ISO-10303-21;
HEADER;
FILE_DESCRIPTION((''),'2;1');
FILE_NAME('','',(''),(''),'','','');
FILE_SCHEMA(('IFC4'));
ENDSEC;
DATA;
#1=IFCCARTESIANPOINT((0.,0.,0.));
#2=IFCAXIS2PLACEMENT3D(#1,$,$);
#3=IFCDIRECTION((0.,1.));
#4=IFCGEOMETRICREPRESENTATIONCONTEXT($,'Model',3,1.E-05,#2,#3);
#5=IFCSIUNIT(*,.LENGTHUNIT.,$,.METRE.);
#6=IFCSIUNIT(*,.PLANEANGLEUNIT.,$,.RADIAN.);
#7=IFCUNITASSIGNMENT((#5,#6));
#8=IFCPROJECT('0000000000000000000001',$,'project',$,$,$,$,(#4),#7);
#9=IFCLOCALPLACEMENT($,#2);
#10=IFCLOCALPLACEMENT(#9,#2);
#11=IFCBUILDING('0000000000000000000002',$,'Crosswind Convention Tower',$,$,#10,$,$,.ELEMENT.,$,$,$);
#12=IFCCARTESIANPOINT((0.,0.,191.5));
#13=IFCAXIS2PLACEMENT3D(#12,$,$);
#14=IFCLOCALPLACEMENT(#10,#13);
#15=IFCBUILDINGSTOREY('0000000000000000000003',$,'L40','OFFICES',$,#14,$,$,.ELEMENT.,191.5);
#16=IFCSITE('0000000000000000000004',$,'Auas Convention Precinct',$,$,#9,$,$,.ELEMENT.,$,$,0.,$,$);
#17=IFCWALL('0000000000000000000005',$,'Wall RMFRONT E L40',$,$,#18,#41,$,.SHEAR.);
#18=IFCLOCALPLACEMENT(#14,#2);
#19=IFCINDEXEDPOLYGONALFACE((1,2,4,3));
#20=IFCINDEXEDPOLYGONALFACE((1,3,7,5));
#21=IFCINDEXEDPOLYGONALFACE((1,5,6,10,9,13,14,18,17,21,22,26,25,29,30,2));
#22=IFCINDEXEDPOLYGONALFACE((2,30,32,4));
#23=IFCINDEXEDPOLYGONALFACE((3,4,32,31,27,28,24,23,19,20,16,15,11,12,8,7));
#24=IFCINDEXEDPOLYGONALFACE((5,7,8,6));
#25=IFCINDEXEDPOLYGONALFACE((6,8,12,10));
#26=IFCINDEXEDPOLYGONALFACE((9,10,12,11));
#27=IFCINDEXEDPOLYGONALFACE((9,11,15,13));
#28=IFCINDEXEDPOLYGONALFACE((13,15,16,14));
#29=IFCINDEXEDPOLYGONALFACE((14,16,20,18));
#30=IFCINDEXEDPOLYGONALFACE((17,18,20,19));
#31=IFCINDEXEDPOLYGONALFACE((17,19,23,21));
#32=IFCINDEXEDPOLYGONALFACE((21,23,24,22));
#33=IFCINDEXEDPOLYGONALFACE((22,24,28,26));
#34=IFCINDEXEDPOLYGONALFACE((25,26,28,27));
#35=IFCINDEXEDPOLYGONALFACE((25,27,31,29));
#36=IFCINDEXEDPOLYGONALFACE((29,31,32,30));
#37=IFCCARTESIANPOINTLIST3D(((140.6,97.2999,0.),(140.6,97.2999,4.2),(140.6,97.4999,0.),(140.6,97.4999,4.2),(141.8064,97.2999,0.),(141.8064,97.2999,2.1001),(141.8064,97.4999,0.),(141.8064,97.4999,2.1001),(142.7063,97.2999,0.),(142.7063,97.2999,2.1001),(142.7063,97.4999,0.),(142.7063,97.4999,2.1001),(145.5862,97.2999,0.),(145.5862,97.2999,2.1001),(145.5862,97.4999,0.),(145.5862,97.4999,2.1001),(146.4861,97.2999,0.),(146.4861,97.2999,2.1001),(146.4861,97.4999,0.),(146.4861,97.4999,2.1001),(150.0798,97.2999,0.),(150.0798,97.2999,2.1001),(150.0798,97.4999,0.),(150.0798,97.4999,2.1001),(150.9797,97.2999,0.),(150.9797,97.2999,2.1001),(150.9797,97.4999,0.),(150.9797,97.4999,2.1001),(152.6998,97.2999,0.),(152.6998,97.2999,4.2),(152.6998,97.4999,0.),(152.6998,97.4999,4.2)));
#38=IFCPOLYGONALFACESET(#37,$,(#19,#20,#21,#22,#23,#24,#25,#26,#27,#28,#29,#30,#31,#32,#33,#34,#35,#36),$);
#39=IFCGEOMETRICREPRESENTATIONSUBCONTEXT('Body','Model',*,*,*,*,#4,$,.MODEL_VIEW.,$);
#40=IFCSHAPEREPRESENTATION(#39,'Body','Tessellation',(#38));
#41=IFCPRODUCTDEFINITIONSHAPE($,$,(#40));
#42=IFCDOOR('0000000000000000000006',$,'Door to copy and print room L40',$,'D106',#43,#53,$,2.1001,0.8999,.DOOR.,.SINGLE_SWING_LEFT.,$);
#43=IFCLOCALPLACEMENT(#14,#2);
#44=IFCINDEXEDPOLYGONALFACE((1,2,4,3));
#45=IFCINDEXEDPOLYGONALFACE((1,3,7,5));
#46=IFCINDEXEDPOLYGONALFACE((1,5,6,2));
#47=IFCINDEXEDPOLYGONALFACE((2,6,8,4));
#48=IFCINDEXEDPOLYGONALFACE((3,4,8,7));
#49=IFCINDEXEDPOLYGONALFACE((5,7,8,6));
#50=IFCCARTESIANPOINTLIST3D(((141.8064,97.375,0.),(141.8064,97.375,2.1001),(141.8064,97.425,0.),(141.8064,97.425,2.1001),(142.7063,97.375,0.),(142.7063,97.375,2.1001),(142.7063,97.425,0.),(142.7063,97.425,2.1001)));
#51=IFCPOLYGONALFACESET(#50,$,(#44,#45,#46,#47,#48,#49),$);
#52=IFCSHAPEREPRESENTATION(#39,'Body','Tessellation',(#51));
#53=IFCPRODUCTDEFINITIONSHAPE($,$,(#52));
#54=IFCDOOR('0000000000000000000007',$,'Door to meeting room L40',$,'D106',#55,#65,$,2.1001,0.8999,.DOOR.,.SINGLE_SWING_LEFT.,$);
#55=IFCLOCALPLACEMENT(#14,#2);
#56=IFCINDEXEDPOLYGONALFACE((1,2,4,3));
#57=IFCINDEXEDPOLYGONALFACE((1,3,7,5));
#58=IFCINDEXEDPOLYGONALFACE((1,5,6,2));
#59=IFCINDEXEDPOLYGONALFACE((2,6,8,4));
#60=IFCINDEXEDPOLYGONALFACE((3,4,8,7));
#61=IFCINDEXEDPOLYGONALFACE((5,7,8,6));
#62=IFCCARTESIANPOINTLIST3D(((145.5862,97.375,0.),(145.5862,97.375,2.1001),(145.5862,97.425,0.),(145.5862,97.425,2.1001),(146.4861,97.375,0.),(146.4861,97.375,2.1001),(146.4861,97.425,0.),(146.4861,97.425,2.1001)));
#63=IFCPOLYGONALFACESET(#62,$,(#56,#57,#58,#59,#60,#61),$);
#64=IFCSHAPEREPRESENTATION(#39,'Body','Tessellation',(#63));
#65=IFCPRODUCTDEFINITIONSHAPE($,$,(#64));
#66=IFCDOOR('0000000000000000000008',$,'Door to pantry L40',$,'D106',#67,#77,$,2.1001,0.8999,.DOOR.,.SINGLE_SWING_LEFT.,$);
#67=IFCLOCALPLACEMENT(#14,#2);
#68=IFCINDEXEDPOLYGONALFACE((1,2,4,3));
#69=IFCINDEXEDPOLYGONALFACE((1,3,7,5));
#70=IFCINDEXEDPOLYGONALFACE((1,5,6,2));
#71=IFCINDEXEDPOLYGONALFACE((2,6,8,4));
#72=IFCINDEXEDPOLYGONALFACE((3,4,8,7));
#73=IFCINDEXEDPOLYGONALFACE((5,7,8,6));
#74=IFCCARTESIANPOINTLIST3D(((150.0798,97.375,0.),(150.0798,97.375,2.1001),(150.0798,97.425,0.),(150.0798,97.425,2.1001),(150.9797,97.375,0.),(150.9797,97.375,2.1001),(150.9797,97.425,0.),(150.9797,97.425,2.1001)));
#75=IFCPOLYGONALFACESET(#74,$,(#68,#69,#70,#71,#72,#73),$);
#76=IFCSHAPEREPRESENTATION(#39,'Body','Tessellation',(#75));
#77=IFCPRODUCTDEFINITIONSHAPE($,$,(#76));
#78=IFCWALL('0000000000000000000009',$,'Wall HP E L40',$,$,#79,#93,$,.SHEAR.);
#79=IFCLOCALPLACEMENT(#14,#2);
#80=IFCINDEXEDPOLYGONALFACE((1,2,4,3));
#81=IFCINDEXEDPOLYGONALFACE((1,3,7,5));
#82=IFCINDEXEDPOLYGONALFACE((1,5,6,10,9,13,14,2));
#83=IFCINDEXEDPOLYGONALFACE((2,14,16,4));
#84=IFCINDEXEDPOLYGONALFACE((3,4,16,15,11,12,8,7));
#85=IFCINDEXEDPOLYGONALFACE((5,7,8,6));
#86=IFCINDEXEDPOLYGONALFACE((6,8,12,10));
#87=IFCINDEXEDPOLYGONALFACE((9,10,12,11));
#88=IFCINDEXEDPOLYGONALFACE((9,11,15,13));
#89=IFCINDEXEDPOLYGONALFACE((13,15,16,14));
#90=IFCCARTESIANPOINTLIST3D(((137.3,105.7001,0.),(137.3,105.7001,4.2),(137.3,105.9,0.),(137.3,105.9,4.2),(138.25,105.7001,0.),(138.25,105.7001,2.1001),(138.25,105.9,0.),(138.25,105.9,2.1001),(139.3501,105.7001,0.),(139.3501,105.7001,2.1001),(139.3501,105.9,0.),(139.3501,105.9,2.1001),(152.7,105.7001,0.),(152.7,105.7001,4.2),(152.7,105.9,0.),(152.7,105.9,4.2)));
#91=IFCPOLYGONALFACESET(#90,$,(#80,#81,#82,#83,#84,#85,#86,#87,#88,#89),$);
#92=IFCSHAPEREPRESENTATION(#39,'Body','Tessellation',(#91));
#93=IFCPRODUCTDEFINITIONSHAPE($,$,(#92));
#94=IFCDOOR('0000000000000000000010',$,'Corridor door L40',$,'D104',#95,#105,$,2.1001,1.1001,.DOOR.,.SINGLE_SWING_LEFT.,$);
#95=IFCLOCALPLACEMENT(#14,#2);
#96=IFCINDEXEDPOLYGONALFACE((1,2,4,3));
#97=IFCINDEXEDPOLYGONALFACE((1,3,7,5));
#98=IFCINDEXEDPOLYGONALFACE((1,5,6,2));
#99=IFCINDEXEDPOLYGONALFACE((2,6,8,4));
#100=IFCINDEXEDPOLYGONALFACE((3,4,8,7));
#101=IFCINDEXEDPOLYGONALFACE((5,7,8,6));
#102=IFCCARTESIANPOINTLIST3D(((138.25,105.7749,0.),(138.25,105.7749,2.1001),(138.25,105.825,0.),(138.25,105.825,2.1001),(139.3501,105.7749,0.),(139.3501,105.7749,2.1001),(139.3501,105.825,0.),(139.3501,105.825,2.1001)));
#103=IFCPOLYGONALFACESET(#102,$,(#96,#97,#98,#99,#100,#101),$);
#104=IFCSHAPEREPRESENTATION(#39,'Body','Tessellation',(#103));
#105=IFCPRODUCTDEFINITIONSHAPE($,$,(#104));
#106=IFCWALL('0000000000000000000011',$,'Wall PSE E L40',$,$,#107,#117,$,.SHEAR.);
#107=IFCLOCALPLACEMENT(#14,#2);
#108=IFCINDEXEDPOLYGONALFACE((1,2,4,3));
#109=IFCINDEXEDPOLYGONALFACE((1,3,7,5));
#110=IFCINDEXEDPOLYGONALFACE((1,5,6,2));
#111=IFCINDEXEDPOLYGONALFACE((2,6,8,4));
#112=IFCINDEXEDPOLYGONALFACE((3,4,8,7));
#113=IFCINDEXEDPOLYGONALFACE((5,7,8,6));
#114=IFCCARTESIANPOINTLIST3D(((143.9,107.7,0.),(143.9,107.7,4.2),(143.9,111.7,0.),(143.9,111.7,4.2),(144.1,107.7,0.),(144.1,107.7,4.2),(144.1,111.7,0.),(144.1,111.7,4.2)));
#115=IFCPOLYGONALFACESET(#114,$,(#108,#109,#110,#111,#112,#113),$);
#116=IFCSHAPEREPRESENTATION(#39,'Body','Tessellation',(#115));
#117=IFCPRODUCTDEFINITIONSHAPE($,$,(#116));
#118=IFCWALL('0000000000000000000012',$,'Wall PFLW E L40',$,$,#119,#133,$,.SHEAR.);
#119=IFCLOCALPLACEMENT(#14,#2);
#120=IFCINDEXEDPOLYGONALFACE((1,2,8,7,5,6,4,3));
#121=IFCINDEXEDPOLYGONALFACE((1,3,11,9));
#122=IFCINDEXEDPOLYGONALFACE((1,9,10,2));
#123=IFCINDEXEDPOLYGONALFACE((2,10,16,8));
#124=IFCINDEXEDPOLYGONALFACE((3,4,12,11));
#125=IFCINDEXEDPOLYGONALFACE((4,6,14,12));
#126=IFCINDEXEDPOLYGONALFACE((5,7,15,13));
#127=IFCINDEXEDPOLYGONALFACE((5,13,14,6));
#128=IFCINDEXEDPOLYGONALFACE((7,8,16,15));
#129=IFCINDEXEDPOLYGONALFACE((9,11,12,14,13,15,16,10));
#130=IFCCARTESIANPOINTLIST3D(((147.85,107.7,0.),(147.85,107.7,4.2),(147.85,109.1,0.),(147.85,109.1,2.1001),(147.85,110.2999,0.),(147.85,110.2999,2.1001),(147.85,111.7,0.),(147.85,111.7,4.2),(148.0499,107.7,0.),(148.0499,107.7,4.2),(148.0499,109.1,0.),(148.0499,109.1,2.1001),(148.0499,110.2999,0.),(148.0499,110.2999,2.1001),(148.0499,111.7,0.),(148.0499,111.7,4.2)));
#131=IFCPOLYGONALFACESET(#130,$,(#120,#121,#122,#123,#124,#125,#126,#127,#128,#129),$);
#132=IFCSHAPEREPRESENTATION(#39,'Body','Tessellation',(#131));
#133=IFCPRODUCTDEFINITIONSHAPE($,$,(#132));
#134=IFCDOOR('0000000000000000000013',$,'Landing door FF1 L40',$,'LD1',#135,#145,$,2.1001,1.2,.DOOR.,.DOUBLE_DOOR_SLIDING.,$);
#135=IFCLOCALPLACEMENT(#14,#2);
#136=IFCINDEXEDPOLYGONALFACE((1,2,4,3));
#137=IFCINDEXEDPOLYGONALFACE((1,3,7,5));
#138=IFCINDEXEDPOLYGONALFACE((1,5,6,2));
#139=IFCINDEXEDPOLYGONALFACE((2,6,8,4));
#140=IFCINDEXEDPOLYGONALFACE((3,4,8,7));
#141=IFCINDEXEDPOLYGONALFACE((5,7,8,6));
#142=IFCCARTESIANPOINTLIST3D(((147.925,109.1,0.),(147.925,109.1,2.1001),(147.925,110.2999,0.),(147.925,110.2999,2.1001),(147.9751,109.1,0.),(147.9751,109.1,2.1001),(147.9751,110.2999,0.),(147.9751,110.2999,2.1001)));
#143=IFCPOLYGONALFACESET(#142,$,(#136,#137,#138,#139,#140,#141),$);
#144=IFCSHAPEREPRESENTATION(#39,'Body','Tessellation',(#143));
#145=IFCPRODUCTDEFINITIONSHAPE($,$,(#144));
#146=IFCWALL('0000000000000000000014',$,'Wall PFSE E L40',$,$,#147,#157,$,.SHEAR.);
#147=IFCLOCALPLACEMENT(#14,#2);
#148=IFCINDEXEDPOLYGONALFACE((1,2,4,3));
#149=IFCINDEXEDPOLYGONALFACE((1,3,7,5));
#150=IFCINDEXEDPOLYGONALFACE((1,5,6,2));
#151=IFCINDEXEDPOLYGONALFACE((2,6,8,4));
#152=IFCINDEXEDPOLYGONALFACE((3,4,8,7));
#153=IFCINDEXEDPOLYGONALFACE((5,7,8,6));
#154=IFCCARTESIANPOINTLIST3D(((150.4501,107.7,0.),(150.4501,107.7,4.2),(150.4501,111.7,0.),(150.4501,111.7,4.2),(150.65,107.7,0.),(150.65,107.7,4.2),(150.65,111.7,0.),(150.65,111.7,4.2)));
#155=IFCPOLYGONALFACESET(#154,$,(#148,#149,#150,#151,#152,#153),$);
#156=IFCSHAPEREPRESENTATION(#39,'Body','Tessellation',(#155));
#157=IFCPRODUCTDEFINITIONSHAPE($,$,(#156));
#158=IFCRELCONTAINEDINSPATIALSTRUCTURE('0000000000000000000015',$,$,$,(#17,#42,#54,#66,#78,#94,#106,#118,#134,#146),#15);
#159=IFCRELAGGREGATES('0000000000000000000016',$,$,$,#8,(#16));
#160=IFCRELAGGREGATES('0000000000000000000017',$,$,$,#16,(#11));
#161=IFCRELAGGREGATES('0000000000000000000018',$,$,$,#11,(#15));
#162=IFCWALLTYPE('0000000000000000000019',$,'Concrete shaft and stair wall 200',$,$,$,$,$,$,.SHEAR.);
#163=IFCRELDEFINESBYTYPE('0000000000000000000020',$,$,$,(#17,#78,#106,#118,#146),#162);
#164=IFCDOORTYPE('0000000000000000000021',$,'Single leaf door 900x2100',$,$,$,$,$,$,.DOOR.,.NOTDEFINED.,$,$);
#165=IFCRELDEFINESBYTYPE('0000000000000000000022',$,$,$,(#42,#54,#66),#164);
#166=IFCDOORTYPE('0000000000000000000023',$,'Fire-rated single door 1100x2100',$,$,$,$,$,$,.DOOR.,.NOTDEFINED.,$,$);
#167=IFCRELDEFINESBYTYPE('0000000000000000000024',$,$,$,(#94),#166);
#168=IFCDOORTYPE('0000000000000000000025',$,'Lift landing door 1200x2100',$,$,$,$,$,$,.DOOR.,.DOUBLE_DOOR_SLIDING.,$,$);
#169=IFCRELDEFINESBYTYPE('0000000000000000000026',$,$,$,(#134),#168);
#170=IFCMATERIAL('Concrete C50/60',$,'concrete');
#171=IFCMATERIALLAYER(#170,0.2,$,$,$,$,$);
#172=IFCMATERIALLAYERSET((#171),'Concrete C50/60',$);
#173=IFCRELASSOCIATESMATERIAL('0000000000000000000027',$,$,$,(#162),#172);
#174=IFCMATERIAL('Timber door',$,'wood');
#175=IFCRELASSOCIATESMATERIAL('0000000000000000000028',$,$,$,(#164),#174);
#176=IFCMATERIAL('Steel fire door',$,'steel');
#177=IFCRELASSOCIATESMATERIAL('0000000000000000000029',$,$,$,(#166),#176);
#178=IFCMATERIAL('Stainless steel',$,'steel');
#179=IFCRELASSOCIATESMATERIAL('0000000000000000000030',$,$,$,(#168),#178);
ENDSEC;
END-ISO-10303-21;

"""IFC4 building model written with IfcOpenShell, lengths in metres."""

from ifc_helpers import new_model, si_unit, direction, frame, frame_2d, origin, place, context, subcontext, project, spatial, rectangle, extrude, material, layer, layer_set, type_object, element, fill, save


model = new_model("IFC4")

# Units and contexts
model_context = context("Model", 3, precision=1e-05, world=origin(), true_north=direction((0.0, 1.0)))
body_context = subcontext(model_context, "Body", "Model", "MODEL_VIEW")
ifc_project = project(units=[si_unit("LENGTHUNIT", "METRE"), si_unit("PLANEANGLEUNIT", "RADIAN")], contexts=[model_context])

# Site, building, storey
site_placement = place(None, origin())
site = spatial("IfcSite", under=ifc_project, at=site_placement, Name="Auas Convention Precinct", CompositionType="ELEMENT", RefElevation=0.0)
building_placement = place(site_placement, origin())
building = spatial("IfcBuilding", under=site, at=building_placement, Name="Crosswind Convention Tower", CompositionType="ELEMENT")
storey_placement = place(building_placement, frame((0.0, 0.0, 191.5)))
storey = spatial("IfcBuildingStorey", under=building, at=storey_placement, Name="L40", Description="OFFICES", CompositionType="ELEMENT", Elevation=191.5)

# Shared definitions
ifc_material_1 = material(Name="Concrete C50/60", Category="concrete")
ifc_layer_1 = layer(ifc_material_1, 0.2)
ifc_layer_set_1 = layer_set([ifc_layer_1], Name="Concrete C50/60")
wall_type_1 = type_object("IfcWallType", Name="Concrete shaft and stair wall 200", PredefinedType="SHEAR", material=ifc_layer_set_1)

# Wall, openings, doors
ifc_material_2 = material(Name="Timber door", Category="wood")
door_type_1 = type_object("IfcDoorType", Name="Single leaf door 900x2100", OperationType="NOTDEFINED", PredefinedType="DOOR", material=ifc_material_2)
wall_1_placement = place(storey_placement, frame((140.6001, 97.3999, 0.0), z_axis=(0.0, 0.0, 1.0), x_axis=(1.0, 0.0, 0.0)))
wall_1 = element("IfcWall", 1, at=wall_1_placement, inside=storey, type_object=wall_type_1, Name="Wall RMFRONT E L40", PredefinedType="SHEAR", context=body_context, shape_type="SweptSolid", body=[
    extrude(rectangle(XDim=12.0999, YDim=0.2, at=frame_2d((6.0498, 0.0))), origin(), (0.0, 0.0, 1.0), 4.2),
])
opening_1_placement = place(wall_1_placement, frame((1.2063, 0.0, 0.0)))
opening_1 = element("IfcOpeningElement", 2, at=opening_1_placement, cuts=wall_1, PredefinedType="OPENING", context=body_context, shape_type="SweptSolid", body=[
    extrude(rectangle(XDim=0.8999, YDim=2.1001, at=frame_2d((0.45, 1.05))), frame((0.0, 0.1099, 0.0), z_axis=(0.0, -1.0, 0.0), x_axis=(1.0, 0.0, 0.0)), (0.0, 0.0, 1.0), 0.22),
])
opening_2_placement = place(wall_1_placement, frame((4.9861, 0.0, 0.0)))
opening_2 = element("IfcOpeningElement", 3, at=opening_2_placement, cuts=wall_1, PredefinedType="OPENING", context=body_context, shape_type="SweptSolid", body=[
    extrude(rectangle(XDim=0.8999, YDim=2.1001, at=frame_2d((0.45, 1.05))), frame((0.0, 0.1099, 0.0), z_axis=(0.0, -1.0, 0.0), x_axis=(1.0, 0.0, 0.0)), (0.0, 0.0, 1.0), 0.22),
])
opening_3_placement = place(wall_1_placement, frame((9.4797, 0.0, 0.0)))
opening_3 = element("IfcOpeningElement", 4, at=opening_3_placement, cuts=wall_1, PredefinedType="OPENING", context=body_context, shape_type="SweptSolid", body=[
    extrude(rectangle(XDim=0.8999, YDim=2.1001, at=frame_2d((0.45, 1.05))), frame((0.0, 0.1099, 0.0), z_axis=(0.0, -1.0, 0.0), x_axis=(1.0, 0.0, 0.0)), (0.0, 0.0, 1.0), 0.22),
])
door_1_placement = place(opening_1_placement, frame((0.8999, 0.0, 0.0), z_axis=(0.0, 0.0, 1.0), x_axis=(-1.0, 0.0, 0.0)))
door_1 = element("IfcDoor", 5, at=door_1_placement, inside=storey, type_object=door_type_1, Name="Door to copy and print room L40", ObjectType="D106", OperationType="SINGLE_SWING_LEFT", OverallHeight=2.1001, OverallWidth=0.8999, PredefinedType="DOOR", context=body_context, shape_type="SweptSolid", body=[
    extrude(rectangle(XDim=0.8999, YDim=2.1001, at=frame_2d((0.45, 1.05))), frame((0.0, 0.0249, 0.0), z_axis=(0.0, -1.0, 0.0), x_axis=(1.0, 0.0, 0.0)), (0.0, 0.0, 1.0), 0.05),
])
fill(opening_1, door_1)
door_2_placement = place(opening_2_placement, frame((0.8999, 0.0, 0.0), z_axis=(0.0, 0.0, 1.0), x_axis=(-1.0, 0.0, 0.0)))
door_2 = element("IfcDoor", 6, at=door_2_placement, inside=storey, type_object=door_type_1, Name="Door to meeting room L40", ObjectType="D106", OperationType="SINGLE_SWING_LEFT", OverallHeight=2.1001, OverallWidth=0.8999, PredefinedType="DOOR", context=body_context, shape_type="SweptSolid", body=[
    extrude(rectangle(XDim=0.8999, YDim=2.1001, at=frame_2d((0.45, 1.05))), frame((0.0, 0.0249, 0.0), z_axis=(0.0, -1.0, 0.0), x_axis=(1.0, 0.0, 0.0)), (0.0, 0.0, 1.0), 0.05),
])
fill(opening_2, door_2)
door_3_placement = place(opening_3_placement, frame((0.8999, 0.0, 0.0), z_axis=(0.0, 0.0, 1.0), x_axis=(-1.0, 0.0, 0.0)))
door_3 = element("IfcDoor", 7, at=door_3_placement, inside=storey, type_object=door_type_1, Name="Door to pantry L40", ObjectType="D106", OperationType="SINGLE_SWING_LEFT", OverallHeight=2.1001, OverallWidth=0.8999, PredefinedType="DOOR", context=body_context, shape_type="SweptSolid", body=[
    extrude(rectangle(XDim=0.8999, YDim=2.1001, at=frame_2d((0.45, 1.05))), frame((0.0, 0.0249, 0.0), z_axis=(0.0, -1.0, 0.0), x_axis=(1.0, 0.0, 0.0)), (0.0, 0.0, 1.0), 0.05),
])
fill(opening_3, door_3)

# Wall, opening, door
wall_2_placement = place(storey_placement, frame((137.3, 105.8, 0.0), z_axis=(0.0, 0.0, 1.0), x_axis=(1.0, 0.0, 0.0)))
wall_2 = element("IfcWall", 8, at=wall_2_placement, inside=storey, type_object=wall_type_1, Name="Wall HP E L40", PredefinedType="SHEAR", context=body_context, shape_type="SweptSolid", body=[
    extrude(rectangle(XDim=15.3999, YDim=0.2, at=frame_2d((7.7, 0.0))), origin(), (0.0, 0.0, 1.0), 4.2),
])
opening_4_placement = place(wall_2_placement, frame((0.95, 0.0, 0.0)))
opening_4 = element("IfcOpeningElement", 9, at=opening_4_placement, cuts=wall_2, PredefinedType="OPENING", context=body_context, shape_type="SweptSolid", body=[
    extrude(rectangle(XDim=1.1001, YDim=2.1001, at=frame_2d((0.55, 1.05))), frame((0.0, 0.1099, 0.0), z_axis=(0.0, -1.0, 0.0), x_axis=(1.0, 0.0, 0.0)), (0.0, 0.0, 1.0), 0.22),
])
ifc_material_3 = material(Name="Steel fire door", Category="steel")
door_type_2 = type_object("IfcDoorType", Name="Fire-rated single door 1100x2100", OperationType="NOTDEFINED", PredefinedType="DOOR", material=ifc_material_3)
door_4_placement = place(opening_4_placement, origin())
door_4 = element("IfcDoor", 10, at=door_4_placement, inside=storey, type_object=door_type_2, Name="Corridor door L40", ObjectType="D104", OperationType="SINGLE_SWING_LEFT", OverallHeight=2.1001, OverallWidth=1.1001, PredefinedType="DOOR", context=body_context, shape_type="SweptSolid", body=[
    extrude(rectangle(XDim=1.1001, YDim=2.1001, at=frame_2d((0.55, 1.05))), frame((0.0, 0.0249, 0.0), z_axis=(0.0, -1.0, 0.0), x_axis=(1.0, 0.0, 0.0)), (0.0, 0.0, 1.0), 0.05),
])
fill(opening_4, door_4)

# Wall
wall_3_placement = place(storey_placement, frame((144.0, 107.7, 0.0), z_axis=(0.0, 0.0, 1.0), x_axis=(0.0, 1.0, 0.0)))
element("IfcWall", 11, at=wall_3_placement, inside=storey, type_object=wall_type_1, Name="Wall PSE E L40", PredefinedType="SHEAR", context=body_context, shape_type="SweptSolid", body=[
    extrude(rectangle(XDim=4.0, YDim=0.2, at=frame_2d((2.0, 0.0))), origin(), (0.0, 0.0, 1.0), 4.2),
])

# Wall, opening, door
wall_4_placement = place(storey_placement, frame((147.95, 107.7, 0.0), z_axis=(0.0, 0.0, 1.0), x_axis=(0.0, 1.0, 0.0)))
wall_4 = element("IfcWall", 12, at=wall_4_placement, inside=storey, type_object=wall_type_1, Name="Wall PFLW E L40", PredefinedType="SHEAR", context=body_context, shape_type="SweptSolid", body=[
    extrude(rectangle(XDim=4.0, YDim=0.2, at=frame_2d((2.0, 0.0))), origin(), (0.0, 0.0, 1.0), 4.2),
])
opening_5_placement = place(wall_4_placement, frame((1.3999, 0.0, 0.0)))
opening_5 = element("IfcOpeningElement", 13, at=opening_5_placement, cuts=wall_4, PredefinedType="OPENING", context=body_context, shape_type="SweptSolid", body=[
    extrude(rectangle(XDim=1.2, YDim=2.1001, at=frame_2d((0.6001, 1.05))), frame((0.0, 0.1099, 0.0), z_axis=(0.0, -1.0, 0.0), x_axis=(1.0, 0.0, 0.0)), (0.0, 0.0, 1.0), 0.22),
])
ifc_material_4 = material(Name="Stainless steel", Category="steel")
door_type_3 = type_object("IfcDoorType", Name="Lift landing door 1200x2100", OperationType="DOUBLE_DOOR_SLIDING", PredefinedType="DOOR", material=ifc_material_4)
door_5_placement = place(opening_5_placement, origin())
door_5 = element("IfcDoor", 14, at=door_5_placement, inside=storey, type_object=door_type_3, Name="Landing door FF1 L40", ObjectType="LD1", OperationType="DOUBLE_DOOR_SLIDING", OverallHeight=2.1001, OverallWidth=1.2, PredefinedType="DOOR", context=body_context, shape_type="SweptSolid", body=[
    extrude(rectangle(XDim=1.2, YDim=2.1001, at=frame_2d((0.6001, 1.05))), frame((0.0, 0.0249, 0.0), z_axis=(0.0, -1.0, 0.0), x_axis=(1.0, 0.0, 0.0)), (0.0, 0.0, 1.0), 0.05),
])
fill(opening_5, door_5)

# Wall
wall_5_placement = place(storey_placement, frame((150.55, 107.7, 0.0), z_axis=(0.0, 0.0, 1.0), x_axis=(0.0, 1.0, 0.0)))
element("IfcWall", 15, at=wall_5_placement, inside=storey, type_object=wall_type_1, Name="Wall PFSE E L40", PredefinedType="SHEAR", context=body_context, shape_type="SweptSolid", body=[
    extrude(rectangle(XDim=4.0, YDim=0.2, at=frame_2d((2.0, 0.0))), origin(), (0.0, 0.0, 1.0), 4.2),
])

save(model, "model.ifc")
